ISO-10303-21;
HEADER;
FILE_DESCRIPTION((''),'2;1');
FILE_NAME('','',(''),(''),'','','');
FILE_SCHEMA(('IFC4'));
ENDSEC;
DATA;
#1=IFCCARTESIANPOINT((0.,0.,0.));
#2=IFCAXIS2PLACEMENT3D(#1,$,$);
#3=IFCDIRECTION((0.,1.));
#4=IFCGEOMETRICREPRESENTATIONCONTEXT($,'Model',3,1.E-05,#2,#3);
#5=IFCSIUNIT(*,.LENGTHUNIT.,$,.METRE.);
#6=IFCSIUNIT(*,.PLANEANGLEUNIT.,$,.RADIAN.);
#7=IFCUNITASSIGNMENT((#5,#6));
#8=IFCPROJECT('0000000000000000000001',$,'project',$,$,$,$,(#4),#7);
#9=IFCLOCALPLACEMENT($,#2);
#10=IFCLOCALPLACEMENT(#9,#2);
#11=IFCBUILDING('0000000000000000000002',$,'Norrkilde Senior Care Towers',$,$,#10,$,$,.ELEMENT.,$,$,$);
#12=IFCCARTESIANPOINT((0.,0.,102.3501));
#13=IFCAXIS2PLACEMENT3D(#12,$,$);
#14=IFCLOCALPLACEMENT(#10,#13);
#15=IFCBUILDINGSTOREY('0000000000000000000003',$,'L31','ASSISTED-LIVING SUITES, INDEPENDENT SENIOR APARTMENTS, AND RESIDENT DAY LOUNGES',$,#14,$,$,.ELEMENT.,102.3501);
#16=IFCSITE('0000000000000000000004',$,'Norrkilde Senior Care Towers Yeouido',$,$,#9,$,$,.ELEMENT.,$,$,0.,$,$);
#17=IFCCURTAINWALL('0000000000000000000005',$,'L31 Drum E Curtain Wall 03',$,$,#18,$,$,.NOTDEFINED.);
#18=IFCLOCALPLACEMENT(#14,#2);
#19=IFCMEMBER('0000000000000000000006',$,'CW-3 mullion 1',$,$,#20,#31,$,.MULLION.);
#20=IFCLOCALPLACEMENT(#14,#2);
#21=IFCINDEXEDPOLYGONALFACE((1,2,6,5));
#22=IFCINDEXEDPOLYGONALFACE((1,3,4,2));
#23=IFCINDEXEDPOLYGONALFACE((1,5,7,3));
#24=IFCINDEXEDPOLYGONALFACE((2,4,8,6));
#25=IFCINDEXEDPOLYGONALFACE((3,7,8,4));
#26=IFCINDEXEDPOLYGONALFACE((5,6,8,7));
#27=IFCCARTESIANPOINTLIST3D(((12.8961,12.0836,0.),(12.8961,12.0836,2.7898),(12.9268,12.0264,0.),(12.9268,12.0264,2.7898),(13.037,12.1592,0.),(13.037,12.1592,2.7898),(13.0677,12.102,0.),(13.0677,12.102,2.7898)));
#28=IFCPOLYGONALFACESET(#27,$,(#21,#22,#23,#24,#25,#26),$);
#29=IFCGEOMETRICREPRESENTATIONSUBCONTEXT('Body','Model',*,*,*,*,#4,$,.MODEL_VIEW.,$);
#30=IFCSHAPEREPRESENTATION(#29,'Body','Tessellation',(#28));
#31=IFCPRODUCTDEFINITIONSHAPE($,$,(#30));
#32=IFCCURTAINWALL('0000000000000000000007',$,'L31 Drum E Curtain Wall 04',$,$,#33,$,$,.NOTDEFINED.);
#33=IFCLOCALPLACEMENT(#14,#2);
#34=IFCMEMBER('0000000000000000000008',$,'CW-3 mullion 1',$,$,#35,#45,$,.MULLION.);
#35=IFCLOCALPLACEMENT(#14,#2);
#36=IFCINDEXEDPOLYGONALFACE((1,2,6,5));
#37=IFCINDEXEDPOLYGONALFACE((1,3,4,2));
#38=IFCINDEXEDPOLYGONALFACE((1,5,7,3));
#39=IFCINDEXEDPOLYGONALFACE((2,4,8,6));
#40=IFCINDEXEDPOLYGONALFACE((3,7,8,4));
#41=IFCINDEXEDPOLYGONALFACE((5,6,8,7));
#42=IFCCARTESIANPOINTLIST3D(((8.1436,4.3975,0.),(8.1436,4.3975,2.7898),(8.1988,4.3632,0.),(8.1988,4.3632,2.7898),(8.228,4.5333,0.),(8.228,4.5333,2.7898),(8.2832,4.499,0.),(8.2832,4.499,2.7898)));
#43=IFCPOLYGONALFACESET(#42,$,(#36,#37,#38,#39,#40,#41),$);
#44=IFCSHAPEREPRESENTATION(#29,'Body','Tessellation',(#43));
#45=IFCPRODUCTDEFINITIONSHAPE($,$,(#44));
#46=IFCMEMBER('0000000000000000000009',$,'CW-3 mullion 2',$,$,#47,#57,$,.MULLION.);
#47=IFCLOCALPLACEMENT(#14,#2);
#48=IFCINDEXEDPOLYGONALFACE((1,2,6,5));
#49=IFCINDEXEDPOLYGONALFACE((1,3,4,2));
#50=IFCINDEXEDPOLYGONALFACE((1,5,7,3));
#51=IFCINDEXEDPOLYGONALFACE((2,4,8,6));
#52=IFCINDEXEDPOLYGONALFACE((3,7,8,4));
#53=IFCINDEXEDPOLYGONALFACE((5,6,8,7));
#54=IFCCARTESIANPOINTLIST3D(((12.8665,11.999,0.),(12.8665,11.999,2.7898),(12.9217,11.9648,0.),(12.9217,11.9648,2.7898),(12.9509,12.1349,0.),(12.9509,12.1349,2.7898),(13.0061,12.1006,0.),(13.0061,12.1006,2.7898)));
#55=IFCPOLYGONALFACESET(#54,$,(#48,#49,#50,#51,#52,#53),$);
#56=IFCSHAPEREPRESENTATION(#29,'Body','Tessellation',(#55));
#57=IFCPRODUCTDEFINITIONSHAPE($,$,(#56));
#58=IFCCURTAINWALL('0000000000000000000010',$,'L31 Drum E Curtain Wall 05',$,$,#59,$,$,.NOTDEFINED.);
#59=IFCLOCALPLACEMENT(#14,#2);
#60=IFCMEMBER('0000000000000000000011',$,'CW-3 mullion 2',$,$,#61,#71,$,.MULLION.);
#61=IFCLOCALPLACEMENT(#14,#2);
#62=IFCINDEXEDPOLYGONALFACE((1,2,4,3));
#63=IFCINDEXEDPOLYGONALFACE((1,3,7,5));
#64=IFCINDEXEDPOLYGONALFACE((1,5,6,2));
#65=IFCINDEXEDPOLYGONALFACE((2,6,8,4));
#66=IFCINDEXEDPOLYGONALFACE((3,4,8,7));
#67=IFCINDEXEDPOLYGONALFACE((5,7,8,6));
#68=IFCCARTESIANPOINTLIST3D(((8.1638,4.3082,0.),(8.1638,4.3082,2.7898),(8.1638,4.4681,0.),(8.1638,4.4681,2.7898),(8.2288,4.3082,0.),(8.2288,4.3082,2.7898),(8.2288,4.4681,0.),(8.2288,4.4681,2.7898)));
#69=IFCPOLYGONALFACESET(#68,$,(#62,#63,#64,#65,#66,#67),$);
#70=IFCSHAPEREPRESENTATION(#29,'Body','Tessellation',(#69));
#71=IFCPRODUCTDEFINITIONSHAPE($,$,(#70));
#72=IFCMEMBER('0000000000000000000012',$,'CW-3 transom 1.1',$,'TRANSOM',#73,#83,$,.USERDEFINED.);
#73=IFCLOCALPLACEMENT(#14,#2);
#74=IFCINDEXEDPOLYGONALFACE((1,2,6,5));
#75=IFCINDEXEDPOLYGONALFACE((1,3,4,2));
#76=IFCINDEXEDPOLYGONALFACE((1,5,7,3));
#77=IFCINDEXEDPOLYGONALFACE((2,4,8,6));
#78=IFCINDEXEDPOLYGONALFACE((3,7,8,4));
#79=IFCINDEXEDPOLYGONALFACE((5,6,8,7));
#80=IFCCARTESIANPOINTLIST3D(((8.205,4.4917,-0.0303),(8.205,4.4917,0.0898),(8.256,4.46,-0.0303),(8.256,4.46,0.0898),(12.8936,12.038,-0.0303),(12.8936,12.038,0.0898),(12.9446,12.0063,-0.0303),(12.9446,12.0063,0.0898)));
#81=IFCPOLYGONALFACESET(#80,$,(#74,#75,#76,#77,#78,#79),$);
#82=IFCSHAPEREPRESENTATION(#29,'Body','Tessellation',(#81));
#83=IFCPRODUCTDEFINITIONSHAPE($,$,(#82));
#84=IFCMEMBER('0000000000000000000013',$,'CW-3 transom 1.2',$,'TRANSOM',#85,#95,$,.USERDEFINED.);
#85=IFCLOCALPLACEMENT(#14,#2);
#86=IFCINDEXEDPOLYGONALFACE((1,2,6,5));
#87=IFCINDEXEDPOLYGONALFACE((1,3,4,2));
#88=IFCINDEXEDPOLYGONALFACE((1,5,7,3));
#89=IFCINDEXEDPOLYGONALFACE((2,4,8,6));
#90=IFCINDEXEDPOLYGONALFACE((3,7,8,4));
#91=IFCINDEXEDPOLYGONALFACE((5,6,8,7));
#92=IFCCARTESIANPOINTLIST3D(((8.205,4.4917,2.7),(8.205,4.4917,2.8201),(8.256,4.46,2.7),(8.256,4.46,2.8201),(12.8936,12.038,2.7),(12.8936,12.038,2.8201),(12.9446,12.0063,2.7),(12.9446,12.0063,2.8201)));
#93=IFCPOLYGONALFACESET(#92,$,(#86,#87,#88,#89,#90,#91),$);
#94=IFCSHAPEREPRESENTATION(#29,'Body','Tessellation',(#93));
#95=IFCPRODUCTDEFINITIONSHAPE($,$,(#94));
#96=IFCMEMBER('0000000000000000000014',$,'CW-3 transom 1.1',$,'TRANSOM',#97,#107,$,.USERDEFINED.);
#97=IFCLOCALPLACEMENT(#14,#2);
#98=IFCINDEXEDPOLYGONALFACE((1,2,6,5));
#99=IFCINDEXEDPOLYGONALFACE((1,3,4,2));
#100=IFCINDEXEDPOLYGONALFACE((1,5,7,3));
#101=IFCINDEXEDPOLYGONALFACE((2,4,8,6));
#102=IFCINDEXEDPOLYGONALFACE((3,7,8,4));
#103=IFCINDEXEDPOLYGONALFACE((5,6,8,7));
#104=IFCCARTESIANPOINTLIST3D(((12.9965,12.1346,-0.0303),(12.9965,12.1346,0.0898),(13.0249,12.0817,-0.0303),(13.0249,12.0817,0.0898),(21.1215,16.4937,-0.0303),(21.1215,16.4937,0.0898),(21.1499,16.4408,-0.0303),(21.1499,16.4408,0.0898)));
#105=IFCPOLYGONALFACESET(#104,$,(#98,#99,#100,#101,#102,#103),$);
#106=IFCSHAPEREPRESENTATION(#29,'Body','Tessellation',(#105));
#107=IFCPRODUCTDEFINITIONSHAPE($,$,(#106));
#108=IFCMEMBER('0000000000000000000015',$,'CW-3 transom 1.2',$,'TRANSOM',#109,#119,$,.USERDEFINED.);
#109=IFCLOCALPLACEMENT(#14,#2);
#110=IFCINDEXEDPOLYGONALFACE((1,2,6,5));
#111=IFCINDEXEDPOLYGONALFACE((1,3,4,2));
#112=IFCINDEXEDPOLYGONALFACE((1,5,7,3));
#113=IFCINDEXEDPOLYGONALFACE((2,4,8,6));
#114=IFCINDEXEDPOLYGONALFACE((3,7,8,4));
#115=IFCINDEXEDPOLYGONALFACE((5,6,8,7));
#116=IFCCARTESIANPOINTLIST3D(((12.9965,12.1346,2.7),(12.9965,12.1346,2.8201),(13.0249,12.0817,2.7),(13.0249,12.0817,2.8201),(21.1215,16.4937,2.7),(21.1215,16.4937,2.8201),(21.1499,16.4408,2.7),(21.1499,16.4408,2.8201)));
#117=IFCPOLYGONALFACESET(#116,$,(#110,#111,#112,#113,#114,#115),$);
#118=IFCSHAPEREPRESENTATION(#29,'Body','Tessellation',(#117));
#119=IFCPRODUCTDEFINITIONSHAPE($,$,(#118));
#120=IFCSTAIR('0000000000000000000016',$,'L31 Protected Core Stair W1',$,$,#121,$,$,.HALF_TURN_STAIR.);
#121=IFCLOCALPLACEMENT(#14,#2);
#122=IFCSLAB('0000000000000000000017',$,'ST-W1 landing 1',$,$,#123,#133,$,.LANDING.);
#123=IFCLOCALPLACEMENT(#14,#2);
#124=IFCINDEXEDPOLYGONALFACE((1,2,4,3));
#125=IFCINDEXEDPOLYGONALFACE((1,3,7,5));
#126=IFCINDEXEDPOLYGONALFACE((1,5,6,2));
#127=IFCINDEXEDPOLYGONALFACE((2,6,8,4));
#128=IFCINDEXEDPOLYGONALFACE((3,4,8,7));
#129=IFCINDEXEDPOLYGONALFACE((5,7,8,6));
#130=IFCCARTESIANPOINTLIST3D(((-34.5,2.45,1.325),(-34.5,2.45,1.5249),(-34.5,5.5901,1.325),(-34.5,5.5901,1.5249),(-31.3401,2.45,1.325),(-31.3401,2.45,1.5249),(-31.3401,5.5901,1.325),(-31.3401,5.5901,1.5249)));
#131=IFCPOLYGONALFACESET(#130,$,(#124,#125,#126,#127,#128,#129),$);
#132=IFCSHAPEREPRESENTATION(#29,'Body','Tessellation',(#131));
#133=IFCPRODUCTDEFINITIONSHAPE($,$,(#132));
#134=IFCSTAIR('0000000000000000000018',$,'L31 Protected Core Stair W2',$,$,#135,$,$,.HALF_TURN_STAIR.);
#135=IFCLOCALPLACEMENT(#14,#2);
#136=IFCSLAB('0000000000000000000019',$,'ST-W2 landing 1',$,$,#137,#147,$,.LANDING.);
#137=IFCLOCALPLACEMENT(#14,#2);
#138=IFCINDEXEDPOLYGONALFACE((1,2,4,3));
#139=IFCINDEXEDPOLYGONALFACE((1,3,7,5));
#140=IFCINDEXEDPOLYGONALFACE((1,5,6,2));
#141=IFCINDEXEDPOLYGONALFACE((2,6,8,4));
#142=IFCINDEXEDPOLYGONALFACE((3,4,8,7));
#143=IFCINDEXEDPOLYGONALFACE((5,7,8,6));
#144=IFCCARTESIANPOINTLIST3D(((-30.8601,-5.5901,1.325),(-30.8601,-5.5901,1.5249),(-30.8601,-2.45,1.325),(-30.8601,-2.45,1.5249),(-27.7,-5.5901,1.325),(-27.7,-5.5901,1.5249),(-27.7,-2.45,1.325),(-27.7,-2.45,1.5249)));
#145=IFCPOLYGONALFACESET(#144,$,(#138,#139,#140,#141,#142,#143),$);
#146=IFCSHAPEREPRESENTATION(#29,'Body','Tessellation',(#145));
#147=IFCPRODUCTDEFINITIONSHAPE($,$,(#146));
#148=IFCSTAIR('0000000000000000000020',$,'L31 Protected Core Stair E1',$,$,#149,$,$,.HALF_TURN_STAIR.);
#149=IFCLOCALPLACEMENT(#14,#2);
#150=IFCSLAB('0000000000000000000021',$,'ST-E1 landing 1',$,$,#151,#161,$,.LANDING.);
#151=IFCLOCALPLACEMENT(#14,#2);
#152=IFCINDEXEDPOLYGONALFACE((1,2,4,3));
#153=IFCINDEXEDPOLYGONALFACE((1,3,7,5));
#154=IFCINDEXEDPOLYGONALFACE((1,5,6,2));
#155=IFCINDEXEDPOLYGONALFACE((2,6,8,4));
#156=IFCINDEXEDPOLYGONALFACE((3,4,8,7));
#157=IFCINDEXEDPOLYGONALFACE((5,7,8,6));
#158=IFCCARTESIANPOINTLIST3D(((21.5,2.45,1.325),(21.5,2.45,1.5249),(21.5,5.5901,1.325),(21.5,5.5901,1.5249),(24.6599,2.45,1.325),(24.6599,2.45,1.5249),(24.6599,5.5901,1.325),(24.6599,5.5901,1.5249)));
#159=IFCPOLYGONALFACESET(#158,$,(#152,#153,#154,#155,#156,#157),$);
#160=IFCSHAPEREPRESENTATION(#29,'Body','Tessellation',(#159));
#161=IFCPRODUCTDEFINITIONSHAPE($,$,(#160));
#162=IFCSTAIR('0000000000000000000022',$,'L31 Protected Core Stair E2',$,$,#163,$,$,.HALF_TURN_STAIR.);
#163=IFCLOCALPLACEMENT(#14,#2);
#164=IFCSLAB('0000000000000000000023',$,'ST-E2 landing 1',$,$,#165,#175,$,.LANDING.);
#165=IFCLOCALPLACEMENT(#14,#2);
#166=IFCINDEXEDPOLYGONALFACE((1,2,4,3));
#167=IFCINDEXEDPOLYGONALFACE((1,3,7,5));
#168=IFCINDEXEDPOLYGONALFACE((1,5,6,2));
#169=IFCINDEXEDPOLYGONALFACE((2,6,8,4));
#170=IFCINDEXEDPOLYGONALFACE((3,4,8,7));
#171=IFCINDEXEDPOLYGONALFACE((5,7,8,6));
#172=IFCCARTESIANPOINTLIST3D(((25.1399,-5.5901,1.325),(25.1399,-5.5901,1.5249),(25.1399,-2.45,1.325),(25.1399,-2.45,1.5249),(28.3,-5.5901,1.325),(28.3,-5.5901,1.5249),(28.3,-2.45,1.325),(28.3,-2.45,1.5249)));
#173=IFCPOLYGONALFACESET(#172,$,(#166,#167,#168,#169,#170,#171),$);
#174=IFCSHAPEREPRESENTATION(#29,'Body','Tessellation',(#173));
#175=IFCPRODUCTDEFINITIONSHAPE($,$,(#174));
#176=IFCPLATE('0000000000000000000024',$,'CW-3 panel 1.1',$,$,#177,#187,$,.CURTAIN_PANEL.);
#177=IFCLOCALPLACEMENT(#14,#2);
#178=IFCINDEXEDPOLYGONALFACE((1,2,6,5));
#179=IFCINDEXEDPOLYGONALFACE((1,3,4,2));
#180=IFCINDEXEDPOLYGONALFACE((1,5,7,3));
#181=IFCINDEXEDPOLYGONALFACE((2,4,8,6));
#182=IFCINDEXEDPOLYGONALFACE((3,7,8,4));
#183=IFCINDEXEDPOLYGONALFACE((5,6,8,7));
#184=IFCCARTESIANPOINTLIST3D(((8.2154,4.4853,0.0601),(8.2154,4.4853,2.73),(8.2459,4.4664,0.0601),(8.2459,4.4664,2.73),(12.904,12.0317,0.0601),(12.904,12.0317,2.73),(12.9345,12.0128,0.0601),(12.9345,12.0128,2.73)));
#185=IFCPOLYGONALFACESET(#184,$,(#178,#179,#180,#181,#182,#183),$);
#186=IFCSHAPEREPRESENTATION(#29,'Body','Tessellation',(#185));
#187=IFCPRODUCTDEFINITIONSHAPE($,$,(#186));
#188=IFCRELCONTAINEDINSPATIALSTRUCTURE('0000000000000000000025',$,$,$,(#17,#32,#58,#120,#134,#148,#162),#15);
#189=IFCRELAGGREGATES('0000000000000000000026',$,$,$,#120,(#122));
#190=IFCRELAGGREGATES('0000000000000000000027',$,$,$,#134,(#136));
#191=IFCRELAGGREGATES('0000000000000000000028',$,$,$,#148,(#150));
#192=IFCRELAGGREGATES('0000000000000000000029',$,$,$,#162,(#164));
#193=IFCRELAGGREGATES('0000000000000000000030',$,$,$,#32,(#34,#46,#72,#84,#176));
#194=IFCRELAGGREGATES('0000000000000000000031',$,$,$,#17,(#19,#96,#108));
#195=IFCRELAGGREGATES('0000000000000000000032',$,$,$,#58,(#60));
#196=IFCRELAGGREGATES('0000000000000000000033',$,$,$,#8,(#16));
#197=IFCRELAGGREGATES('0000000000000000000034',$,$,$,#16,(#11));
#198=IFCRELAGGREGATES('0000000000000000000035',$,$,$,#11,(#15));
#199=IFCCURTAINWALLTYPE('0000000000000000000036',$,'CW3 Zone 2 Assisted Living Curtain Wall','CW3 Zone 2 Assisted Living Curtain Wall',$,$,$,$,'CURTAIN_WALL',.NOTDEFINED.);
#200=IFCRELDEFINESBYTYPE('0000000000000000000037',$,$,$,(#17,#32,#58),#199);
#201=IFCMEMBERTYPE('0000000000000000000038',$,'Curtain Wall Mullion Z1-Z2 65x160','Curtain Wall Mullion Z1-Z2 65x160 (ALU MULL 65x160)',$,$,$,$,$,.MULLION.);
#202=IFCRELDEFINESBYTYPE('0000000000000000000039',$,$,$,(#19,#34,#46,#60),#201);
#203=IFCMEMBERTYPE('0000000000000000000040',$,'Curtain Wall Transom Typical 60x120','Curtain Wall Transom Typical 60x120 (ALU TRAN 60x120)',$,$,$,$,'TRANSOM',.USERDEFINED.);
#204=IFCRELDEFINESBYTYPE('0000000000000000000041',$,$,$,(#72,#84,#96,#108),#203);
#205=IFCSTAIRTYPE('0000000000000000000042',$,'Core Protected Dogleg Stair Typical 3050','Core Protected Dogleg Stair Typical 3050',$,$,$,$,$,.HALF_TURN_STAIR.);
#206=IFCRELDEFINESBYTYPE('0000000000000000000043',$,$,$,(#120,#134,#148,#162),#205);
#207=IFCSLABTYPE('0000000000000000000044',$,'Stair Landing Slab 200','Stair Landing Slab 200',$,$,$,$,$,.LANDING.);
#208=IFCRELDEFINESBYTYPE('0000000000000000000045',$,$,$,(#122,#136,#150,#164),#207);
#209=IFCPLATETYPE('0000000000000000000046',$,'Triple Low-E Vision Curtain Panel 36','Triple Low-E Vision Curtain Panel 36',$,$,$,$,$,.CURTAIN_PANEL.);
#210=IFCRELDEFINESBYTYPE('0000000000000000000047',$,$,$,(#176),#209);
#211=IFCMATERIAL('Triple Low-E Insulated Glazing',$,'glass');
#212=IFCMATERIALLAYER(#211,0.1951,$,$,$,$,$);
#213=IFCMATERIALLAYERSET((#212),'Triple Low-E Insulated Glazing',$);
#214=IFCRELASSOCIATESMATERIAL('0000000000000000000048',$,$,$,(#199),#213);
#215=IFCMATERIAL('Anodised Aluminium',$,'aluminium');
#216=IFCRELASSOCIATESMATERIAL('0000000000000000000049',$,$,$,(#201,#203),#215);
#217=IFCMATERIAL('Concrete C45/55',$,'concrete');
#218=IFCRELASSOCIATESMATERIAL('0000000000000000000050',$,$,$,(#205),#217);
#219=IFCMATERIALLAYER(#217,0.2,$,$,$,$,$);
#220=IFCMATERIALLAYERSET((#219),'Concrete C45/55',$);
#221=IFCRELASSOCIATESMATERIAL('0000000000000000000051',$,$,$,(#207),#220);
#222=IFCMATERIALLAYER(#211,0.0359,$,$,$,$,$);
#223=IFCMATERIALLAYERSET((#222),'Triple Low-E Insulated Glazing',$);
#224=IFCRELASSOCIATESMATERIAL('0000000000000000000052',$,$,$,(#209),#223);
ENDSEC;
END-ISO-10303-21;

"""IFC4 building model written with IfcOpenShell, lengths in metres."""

from ifc_helpers import new_model, si_unit, direction, frame, origin, origin_2d, place, context, subcontext, project, spatial, polyline, rectangle, outline, extrude, source, transform, mapped, material, layer, layer_set, material_profile, profile_set, type_object, type_shapes, element, aggregate, save


model = new_model("IFC4")

# Units and contexts
model_context = context("Model", 3, precision=1e-05, world=origin(), true_north=direction((0.0, 1.0)))
body_context = subcontext(model_context, "Body", "Model", "MODEL_VIEW")
ifc_project = project(units=[si_unit("LENGTHUNIT", "METRE"), si_unit("PLANEANGLEUNIT", "RADIAN")], contexts=[model_context])

# Site, building, storey
site_placement = place(None, origin())
site = spatial("IfcSite", under=ifc_project, at=site_placement, Name="Norrkilde Senior Care Towers Yeouido", CompositionType="ELEMENT", RefElevation=0.0)
building_placement = place(site_placement, origin())
building = spatial("IfcBuilding", under=site, at=building_placement, Name="Norrkilde Senior Care Towers", CompositionType="ELEMENT")
storey_placement = place(building_placement, frame((0.0, 0.0, 102.3501)))
storey = spatial("IfcBuildingStorey", under=building, at=storey_placement, Name="L31", Description="ASSISTED-LIVING SUITES, INDEPENDENT SENIOR APARTMENTS, AND RESIDENT DAY LOUNGES", CompositionType="ELEMENT", Elevation=102.3501)

# Curtain wall, member
ifc_material_1 = material(Name="Triple Low-E Insulated Glazing", Category="glass")
ifc_layer_1 = layer(ifc_material_1, 0.1951)
ifc_layer_set_1 = layer_set([ifc_layer_1], Name="Triple Low-E Insulated Glazing")
curtain_wall_type = type_object("IfcCurtainWallType", Name="CW3 Zone 2 Assisted Living Curtain Wall", Description="CW3 Zone 2 Assisted Living Curtain Wall", ElementType="CURTAIN_WALL", PredefinedType="NOTDEFINED", material=ifc_layer_set_1)
curtain_wall_1_placement = place(storey_placement, origin())
curtain_wall_1 = element("IfcCurtainWall", 1, at=curtain_wall_1_placement, inside=storey, type_object=curtain_wall_type, Name="L31 Drum E Curtain Wall 03", PredefinedType="NOTDEFINED")
ifc_material_2 = material(Name="Anodised Aluminium", Category="aluminium")
ifc_material_profile_1 = material_profile(ifc_material_2, rectangle(XDim=0.0649, YDim=0.1599, at=origin_2d()), Name="ALU MULL 65x160")
ifc_profile_set_1 = profile_set([ifc_material_profile_1], Name="Anodised Aluminium")
member_type_1 = type_object("IfcMemberType", Name="Curtain Wall Mullion Z1-Z2 65x160", Description="Curtain Wall Mullion Z1-Z2 65x160 (ALU MULL 65x160)", PredefinedType="MULLION", material=ifc_profile_set_1)
shared_shape_1 = source(origin(), body_context, "Body", "SweptSolid", [
    extrude(rectangle(XDim=0.0649, YDim=0.1599, at=origin_2d()), origin(), (0.0, 0.0, 1.0), 2.7898),
])
type_shapes(member_type_1, [shared_shape_1])
member_1_placement = place(storey_placement, frame((12.9819, 12.0928, 0.0), z_axis=(0.0, 0.0, 1.0), x_axis=(-0.472769, 0.881186, 0.0)))
member_1 = element("IfcMember", 2, at=member_1_placement, type_object=member_type_1, Name="CW-3 mullion 1", PredefinedType="MULLION", context=body_context, shape_type="MappedRepresentation", body=[
    mapped(shared_shape_1, transform((0.0, 0.0, 0.0), x_axis=(1.0, 0.0, 0.0), y_axis=(0.0, 1.0, 0.0), z_axis=(0.0, 0.0, 1.0), scale=1.0)),
])

# Curtain wall, members
curtain_wall_2_placement = place(storey_placement, origin())
curtain_wall_2 = element("IfcCurtainWall", 3, at=curtain_wall_2_placement, inside=storey, type_object=curtain_wall_type, Name="L31 Drum E Curtain Wall 04", PredefinedType="NOTDEFINED")
member_2_placement = place(storey_placement, frame((8.2134, 4.4482, 0.0), z_axis=(0.0, 0.0, 1.0), x_axis=(-0.84941, 0.527733, 0.0)))
member_2 = element("IfcMember", 4, at=member_2_placement, type_object=member_type_1, Name="CW-3 mullion 1", PredefinedType="MULLION", context=body_context, shape_type="MappedRepresentation", body=[
    mapped(shared_shape_1, transform((0.0, 0.0, 0.0), x_axis=(1.0, 0.0, 0.0), y_axis=(0.0, 1.0, 0.0), z_axis=(0.0, 0.0, 1.0), scale=1.0)),
])
member_3_placement = place(storey_placement, frame((12.9363, 12.0498, 0.0), z_axis=(0.0, 0.0, 1.0), x_axis=(-0.84941, 0.527733, 0.0)))
member_3 = element("IfcMember", 5, at=member_3_placement, type_object=member_type_1, Name="CW-3 mullion 2", PredefinedType="MULLION", context=body_context, shape_type="MappedRepresentation", body=[
    mapped(shared_shape_1, transform((0.0, 0.0, 0.0), x_axis=(1.0, 0.0, 0.0), y_axis=(0.0, 1.0, 0.0), z_axis=(0.0, 0.0, 1.0), scale=1.0)),
])

# Curtain wall, member
curtain_wall_3_placement = place(storey_placement, origin())
curtain_wall_3 = element("IfcCurtainWall", 6, at=curtain_wall_3_placement, inside=storey, type_object=curtain_wall_type, Name="L31 Drum E Curtain Wall 05", PredefinedType="NOTDEFINED")
member_4_placement = place(storey_placement, frame((8.1963, 4.3882, 0.0), z_axis=(0.0, 0.0, 1.0), x_axis=(-1.0, 0.0, 0.0)))
member_4 = element("IfcMember", 7, at=member_4_placement, type_object=member_type_1, Name="CW-3 mullion 2", PredefinedType="MULLION", context=body_context, shape_type="MappedRepresentation", body=[
    mapped(shared_shape_1, transform((0.0, 0.0, 0.0), x_axis=(1.0, 0.0, 0.0), y_axis=(0.0, 1.0, 0.0), z_axis=(0.0, 0.0, 1.0), scale=1.0)),
])

# Members
ifc_material_profile_2 = material_profile(ifc_material_2, rectangle(XDim=0.0601, YDim=0.1201, at=origin_2d()), Name="ALU TRAN 60x120")
ifc_profile_set_2 = profile_set([ifc_material_profile_2], Name="Anodised Aluminium")
member_type_2 = type_object("IfcMemberType", Name="Curtain Wall Transom Typical 60x120", Description="Curtain Wall Transom Typical 60x120 (ALU TRAN 60x120)", ElementType="TRANSOM", PredefinedType="USERDEFINED", material=ifc_profile_set_2)
shared_shape_2 = source(origin(), body_context, "Body", "SweptSolid", [
    extrude(rectangle(XDim=0.0601, YDim=0.1201, at=origin_2d()), origin(), (0.0, 0.0, 1.0), 8.8843),
])
member_5_placement = place(storey_placement, frame((8.2305, 4.4758, 0.0298), z_axis=(0.527749, 0.8494, 0.0), x_axis=(-0.8494, 0.527749, 0.0)))
member_5 = element("IfcMember", 8, at=member_5_placement, type_object=member_type_2, Name="CW-3 transom 1.1", ObjectType="TRANSOM", PredefinedType="USERDEFINED", context=body_context, shape_type="MappedRepresentation", body=[
    mapped(shared_shape_2, transform((0.0, 0.0, 0.0), x_axis=(1.0, 0.0, 0.0), y_axis=(0.0, 1.0, 0.0), z_axis=(0.0, 0.0, 1.0), scale=1.0)),
])
member_6_placement = place(storey_placement, frame((8.2305, 4.4758, 2.76), z_axis=(0.527749, 0.8494, 0.0), x_axis=(-0.8494, 0.527749, 0.0)))
member_6 = element("IfcMember", 9, at=member_6_placement, type_object=member_type_2, Name="CW-3 transom 1.2", ObjectType="TRANSOM", PredefinedType="USERDEFINED", context=body_context, shape_type="MappedRepresentation", body=[
    mapped(shared_shape_2, transform((0.0, 0.0, 0.0), x_axis=(1.0, 0.0, 0.0), y_axis=(0.0, 1.0, 0.0), z_axis=(0.0, 0.0, 1.0), scale=1.0)),
])
shared_shape_3 = source(origin(), body_context, "Body", "SweptSolid", [
    extrude(rectangle(XDim=0.0601, YDim=0.1201, at=origin_2d()), origin(), (0.0, 0.0, 1.0), 9.2205),
])
type_shapes(member_type_2, [shared_shape_2, shared_shape_3])
member_7_placement = place(storey_placement, frame((13.0107, 12.1082, 0.0298), z_axis=(0.881189, 0.472765, 0.0), x_axis=(-0.472765, 0.881189, 0.0)))
member_7 = element("IfcMember", 10, at=member_7_placement, type_object=member_type_2, Name="CW-3 transom 1.1", ObjectType="TRANSOM", PredefinedType="USERDEFINED", context=body_context, shape_type="MappedRepresentation", body=[
    mapped(shared_shape_3, transform((0.0, 0.0, 0.0), x_axis=(1.0, 0.0, 0.0), y_axis=(0.0, 1.0, 0.0), z_axis=(0.0, 0.0, 1.0), scale=1.0)),
])
member_8_placement = place(storey_placement, frame((13.0107, 12.1082, 2.76), z_axis=(0.881189, 0.472765, 0.0), x_axis=(-0.472765, 0.881189, 0.0)))
member_8 = element("IfcMember", 11, at=member_8_placement, type_object=member_type_2, Name="CW-3 transom 1.2", ObjectType="TRANSOM", PredefinedType="USERDEFINED", context=body_context, shape_type="MappedRepresentation", body=[
    mapped(shared_shape_3, transform((0.0, 0.0, 0.0), x_axis=(1.0, 0.0, 0.0), y_axis=(0.0, 1.0, 0.0), z_axis=(0.0, 0.0, 1.0), scale=1.0)),
])

# Stairs, slabs
ifc_material_3 = material(Name="Concrete C45/55", Category="concrete")
stair_type = type_object("IfcStairType", Name="Core Protected Dogleg Stair Typical 3050", Description="Core Protected Dogleg Stair Typical 3050", PredefinedType="HALF_TURN_STAIR", material=ifc_material_3)
stair_1_placement = place(storey_placement, origin())
stair_1 = element("IfcStair", 12, at=stair_1_placement, inside=storey, type_object=stair_type, Name="L31 Protected Core Stair W1", PredefinedType="HALF_TURN_STAIR")
ifc_layer_2 = layer(ifc_material_3, 0.2)
ifc_layer_set_2 = layer_set([ifc_layer_2], Name="Concrete C45/55")
slab_type = type_object("IfcSlabType", Name="Stair Landing Slab 200", Description="Stair Landing Slab 200", PredefinedType="LANDING", material=ifc_layer_set_2)
slab_1_placement = place(storey_placement, frame((0.0, 0.0, 1.325)))
slab_1 = element("IfcSlab", 13, at=slab_1_placement, type_object=slab_type, Name="ST-W1 landing 1", PredefinedType="LANDING", context=body_context, shape_type="SweptSolid", body=[
    extrude(outline(polyline([(-31.3401, 5.5901), (-34.5, 5.5901), (-34.5, 2.45), (-31.3401, 2.45), (-31.3401, 5.5901)])), origin(), (0.0, 0.0, 1.0), 0.2),
])
aggregate(stair_1, [slab_1])
stair_2_placement = place(storey_placement, origin())
stair_2 = element("IfcStair", 14, at=stair_2_placement, inside=storey, type_object=stair_type, Name="L31 Protected Core Stair W2", PredefinedType="HALF_TURN_STAIR")
slab_2_placement = place(storey_placement, frame((0.0, 0.0, 1.325)))
slab_2 = element("IfcSlab", 15, at=slab_2_placement, type_object=slab_type, Name="ST-W2 landing 1", PredefinedType="LANDING", context=body_context, shape_type="SweptSolid", body=[
    extrude(outline(polyline([(-30.8601, -5.5901), (-27.7, -5.5901), (-27.7, -2.45), (-30.8601, -2.45), (-30.8601, -5.5901)])), origin(), (0.0, 0.0, 1.0), 0.2),
])
aggregate(stair_2, [slab_2])
stair_3_placement = place(storey_placement, origin())
stair_3 = element("IfcStair", 16, at=stair_3_placement, inside=storey, type_object=stair_type, Name="L31 Protected Core Stair E1", PredefinedType="HALF_TURN_STAIR")
slab_3_placement = place(storey_placement, frame((0.0, 0.0, 1.325)))
slab_3 = element("IfcSlab", 17, at=slab_3_placement, type_object=slab_type, Name="ST-E1 landing 1", PredefinedType="LANDING", context=body_context, shape_type="SweptSolid", body=[
    extrude(outline(polyline([(24.6599, 5.5901), (21.5, 5.5901), (21.5, 2.45), (24.6599, 2.45), (24.6599, 5.5901)])), origin(), (0.0, 0.0, 1.0), 0.2),
])
aggregate(stair_3, [slab_3])
stair_4_placement = place(storey_placement, origin())
stair_4 = element("IfcStair", 18, at=stair_4_placement, inside=storey, type_object=stair_type, Name="L31 Protected Core Stair E2", PredefinedType="HALF_TURN_STAIR")
slab_4_placement = place(storey_placement, frame((0.0, 0.0, 1.325)))
slab_4 = element("IfcSlab", 19, at=slab_4_placement, type_object=slab_type, Name="ST-E2 landing 1", PredefinedType="LANDING", context=body_context, shape_type="SweptSolid", body=[
    extrude(outline(polyline([(25.1399, -5.5901), (28.3, -5.5901), (28.3, -2.45), (25.1399, -2.45), (25.1399, -5.5901)])), origin(), (0.0, 0.0, 1.0), 0.2),
])
aggregate(stair_4, [slab_4])

# Plate
ifc_layer_3 = layer(ifc_material_1, 0.0359)
ifc_layer_set_3 = layer_set([ifc_layer_3], Name="Triple Low-E Insulated Glazing")
plate_type = type_object("IfcPlateType", Name="Triple Low-E Vision Curtain Panel 36", Description="Triple Low-E Vision Curtain Panel 36", PredefinedType="CURTAIN_PANEL", material=ifc_layer_set_3)
shared_shape_4 = source(origin(), body_context, "Body", "SweptSolid", [
    extrude(rectangle(XDim=8.8843, YDim=0.0359, at=origin_2d()), origin(), (0.0, 0.0, 1.0), 2.6699),
])
plate_1_placement = place(storey_placement, frame((10.575, 8.249, 0.0601), z_axis=(0.0, 0.0, 1.0), x_axis=(0.527733, 0.84941, 0.0)))
plate_1 = element("IfcPlate", 20, at=plate_1_placement, type_object=plate_type, Name="CW-3 panel 1.1", PredefinedType="CURTAIN_PANEL", context=body_context, shape_type="MappedRepresentation", body=[
    mapped(shared_shape_4, transform((0.0, 0.0, 0.0), x_axis=(1.0, 0.0, 0.0), y_axis=(0.0, 1.0, 0.0), z_axis=(0.0, 0.0, 1.0), scale=1.0)),
])
aggregate(curtain_wall_2, [member_2, member_3, member_5, member_6, plate_1])
aggregate(curtain_wall_1, [member_1, member_7, member_8])
aggregate(curtain_wall_3, [member_4])

save(model, "model.ifc")
